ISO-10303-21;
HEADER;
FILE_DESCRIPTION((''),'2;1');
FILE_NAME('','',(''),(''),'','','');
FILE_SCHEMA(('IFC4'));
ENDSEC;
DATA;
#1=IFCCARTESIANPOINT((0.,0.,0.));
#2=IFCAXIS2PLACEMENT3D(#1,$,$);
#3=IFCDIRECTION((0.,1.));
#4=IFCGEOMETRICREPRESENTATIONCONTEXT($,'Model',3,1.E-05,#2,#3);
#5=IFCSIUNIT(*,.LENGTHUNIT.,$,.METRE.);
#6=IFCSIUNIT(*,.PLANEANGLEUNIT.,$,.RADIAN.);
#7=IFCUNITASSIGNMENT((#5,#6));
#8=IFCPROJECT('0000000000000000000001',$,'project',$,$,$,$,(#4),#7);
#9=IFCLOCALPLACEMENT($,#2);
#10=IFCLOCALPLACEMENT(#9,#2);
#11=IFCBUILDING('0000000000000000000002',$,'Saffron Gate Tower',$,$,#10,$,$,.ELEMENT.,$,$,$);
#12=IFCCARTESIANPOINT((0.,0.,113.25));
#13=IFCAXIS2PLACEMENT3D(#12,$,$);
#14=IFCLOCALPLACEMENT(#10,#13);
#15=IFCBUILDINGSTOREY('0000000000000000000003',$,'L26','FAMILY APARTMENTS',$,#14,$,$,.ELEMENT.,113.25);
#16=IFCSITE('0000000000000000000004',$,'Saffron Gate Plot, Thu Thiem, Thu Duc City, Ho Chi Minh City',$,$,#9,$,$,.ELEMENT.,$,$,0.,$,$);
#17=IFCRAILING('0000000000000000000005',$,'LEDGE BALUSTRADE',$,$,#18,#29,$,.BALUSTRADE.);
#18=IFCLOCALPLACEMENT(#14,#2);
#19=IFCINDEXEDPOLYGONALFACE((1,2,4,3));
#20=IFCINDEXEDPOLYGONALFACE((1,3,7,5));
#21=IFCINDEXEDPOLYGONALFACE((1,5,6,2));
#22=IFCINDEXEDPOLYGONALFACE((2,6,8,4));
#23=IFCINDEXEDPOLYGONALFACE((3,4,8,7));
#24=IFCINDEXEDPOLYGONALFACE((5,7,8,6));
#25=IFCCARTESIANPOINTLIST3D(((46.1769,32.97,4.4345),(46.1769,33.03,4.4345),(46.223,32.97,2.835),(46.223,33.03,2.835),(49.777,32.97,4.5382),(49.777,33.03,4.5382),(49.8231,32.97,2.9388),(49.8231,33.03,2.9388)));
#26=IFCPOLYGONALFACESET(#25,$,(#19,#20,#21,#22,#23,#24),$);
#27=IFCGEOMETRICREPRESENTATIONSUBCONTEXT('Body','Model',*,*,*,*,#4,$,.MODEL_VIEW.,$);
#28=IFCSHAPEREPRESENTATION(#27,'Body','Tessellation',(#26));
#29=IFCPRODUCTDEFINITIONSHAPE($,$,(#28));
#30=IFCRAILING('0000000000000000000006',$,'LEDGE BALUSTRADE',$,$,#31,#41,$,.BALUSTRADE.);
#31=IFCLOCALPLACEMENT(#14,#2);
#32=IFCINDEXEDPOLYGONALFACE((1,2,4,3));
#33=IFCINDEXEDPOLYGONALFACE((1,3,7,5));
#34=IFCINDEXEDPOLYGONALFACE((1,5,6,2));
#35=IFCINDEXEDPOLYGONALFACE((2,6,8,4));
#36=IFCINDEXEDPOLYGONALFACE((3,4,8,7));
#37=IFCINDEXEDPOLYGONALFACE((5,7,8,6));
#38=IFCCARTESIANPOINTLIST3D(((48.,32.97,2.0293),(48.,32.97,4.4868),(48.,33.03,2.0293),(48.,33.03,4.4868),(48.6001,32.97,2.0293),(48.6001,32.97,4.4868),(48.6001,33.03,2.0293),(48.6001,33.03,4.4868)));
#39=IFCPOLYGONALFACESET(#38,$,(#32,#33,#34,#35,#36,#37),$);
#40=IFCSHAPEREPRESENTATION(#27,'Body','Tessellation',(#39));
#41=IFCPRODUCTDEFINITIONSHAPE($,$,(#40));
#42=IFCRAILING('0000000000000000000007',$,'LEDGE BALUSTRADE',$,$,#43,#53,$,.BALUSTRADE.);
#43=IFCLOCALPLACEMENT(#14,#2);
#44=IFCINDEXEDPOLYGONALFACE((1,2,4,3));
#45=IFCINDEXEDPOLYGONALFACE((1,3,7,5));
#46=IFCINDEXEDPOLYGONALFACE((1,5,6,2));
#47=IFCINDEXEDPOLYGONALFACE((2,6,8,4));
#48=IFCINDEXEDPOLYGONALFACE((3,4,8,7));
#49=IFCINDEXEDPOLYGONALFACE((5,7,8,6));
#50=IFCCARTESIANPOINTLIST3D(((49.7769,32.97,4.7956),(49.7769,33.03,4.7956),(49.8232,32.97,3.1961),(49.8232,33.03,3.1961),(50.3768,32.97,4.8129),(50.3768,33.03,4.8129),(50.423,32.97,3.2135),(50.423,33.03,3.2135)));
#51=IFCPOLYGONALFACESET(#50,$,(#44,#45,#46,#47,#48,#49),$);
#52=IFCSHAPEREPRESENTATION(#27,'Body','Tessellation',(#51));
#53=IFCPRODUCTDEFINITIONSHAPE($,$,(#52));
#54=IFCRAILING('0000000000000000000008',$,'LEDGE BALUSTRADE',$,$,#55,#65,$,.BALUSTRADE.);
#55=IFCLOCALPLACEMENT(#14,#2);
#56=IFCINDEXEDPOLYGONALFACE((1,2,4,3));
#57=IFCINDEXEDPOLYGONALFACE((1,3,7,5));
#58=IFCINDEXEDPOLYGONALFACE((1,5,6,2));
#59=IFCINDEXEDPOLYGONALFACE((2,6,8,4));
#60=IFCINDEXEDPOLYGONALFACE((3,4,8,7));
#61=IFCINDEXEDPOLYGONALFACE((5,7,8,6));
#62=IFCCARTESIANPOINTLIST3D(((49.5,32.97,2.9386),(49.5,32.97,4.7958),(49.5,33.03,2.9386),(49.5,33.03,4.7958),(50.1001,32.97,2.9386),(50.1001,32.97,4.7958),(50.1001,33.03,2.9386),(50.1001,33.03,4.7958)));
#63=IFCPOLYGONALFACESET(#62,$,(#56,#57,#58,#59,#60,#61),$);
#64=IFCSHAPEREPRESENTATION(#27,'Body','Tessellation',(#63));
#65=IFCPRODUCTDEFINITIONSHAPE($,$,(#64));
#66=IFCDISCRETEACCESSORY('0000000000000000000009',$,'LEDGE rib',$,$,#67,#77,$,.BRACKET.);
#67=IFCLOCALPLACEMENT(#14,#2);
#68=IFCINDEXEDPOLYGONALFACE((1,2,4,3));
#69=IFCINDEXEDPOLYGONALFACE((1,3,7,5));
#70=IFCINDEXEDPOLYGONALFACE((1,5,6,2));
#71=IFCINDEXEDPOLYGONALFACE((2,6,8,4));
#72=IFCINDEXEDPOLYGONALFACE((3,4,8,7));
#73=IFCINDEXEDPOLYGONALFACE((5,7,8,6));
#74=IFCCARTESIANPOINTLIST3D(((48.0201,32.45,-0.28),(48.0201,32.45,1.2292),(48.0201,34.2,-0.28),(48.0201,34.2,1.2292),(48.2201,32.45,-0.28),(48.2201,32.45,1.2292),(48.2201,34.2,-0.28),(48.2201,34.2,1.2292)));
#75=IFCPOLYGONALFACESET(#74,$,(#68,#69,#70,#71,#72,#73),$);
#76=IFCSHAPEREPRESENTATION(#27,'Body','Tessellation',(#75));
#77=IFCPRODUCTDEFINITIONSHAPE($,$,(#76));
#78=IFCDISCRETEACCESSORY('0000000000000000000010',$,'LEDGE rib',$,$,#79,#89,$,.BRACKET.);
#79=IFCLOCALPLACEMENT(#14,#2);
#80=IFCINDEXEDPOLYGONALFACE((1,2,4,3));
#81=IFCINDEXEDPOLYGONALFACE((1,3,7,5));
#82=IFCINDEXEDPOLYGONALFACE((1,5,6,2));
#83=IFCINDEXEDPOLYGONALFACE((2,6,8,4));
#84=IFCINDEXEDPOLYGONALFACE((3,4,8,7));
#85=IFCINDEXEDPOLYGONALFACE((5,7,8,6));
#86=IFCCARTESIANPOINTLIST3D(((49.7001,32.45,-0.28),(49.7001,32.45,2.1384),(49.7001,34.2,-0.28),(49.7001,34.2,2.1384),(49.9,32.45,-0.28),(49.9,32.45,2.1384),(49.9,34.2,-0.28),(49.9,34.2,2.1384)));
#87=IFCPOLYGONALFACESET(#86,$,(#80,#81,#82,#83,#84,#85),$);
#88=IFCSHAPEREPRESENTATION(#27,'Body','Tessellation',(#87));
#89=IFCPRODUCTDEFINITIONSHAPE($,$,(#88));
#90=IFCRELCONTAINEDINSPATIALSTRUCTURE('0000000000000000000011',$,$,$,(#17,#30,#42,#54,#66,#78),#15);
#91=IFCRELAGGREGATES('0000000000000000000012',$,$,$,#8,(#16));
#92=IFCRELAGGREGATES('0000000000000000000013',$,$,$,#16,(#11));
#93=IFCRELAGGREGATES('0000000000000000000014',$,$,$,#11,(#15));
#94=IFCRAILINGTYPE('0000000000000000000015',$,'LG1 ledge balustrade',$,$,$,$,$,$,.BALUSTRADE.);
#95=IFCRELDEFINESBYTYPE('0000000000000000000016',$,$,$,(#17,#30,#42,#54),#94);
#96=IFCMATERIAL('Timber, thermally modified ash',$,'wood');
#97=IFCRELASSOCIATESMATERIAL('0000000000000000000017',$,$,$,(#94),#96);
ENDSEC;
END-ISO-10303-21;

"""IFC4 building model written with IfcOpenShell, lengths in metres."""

from ifc_helpers import new_model, si_unit, direction, frame, origin, origin_2d, place, context, subcontext, project, spatial, rectangle, extrude, material, type_object, element, save


model = new_model("IFC4")

# Units and contexts
model_context = context("Model", 3, precision=1e-05, world=origin(), true_north=direction((0.0, 1.0)))
body_context = subcontext(model_context, "Body", "Model", "MODEL_VIEW")
ifc_project = project(units=[si_unit("LENGTHUNIT", "METRE"), si_unit("PLANEANGLEUNIT", "RADIAN")], contexts=[model_context])

# Site, building, storey
site_placement = place(None, origin())
site = spatial("IfcSite", under=ifc_project, at=site_placement, Name="Saffron Gate Plot, Thu Thiem, Thu Duc City, Ho Chi Minh City", CompositionType="ELEMENT", RefElevation=0.0)
building_placement = place(site_placement, origin())
building = spatial("IfcBuilding", under=site, at=building_placement, Name="Saffron Gate Tower", CompositionType="ELEMENT")
storey_placement = place(building_placement, frame((0.0, 0.0, 113.25)))
storey = spatial("IfcBuildingStorey", under=building, at=storey_placement, Name="L26", Description="FAMILY APARTMENTS", CompositionType="ELEMENT", Elevation=113.25)

# Shared definitions
ifc_material_1 = material(Name="Timber, thermally modified ash", Category="wood")

# Railings
railing_type = type_object("IfcRailingType", Name="LG1 ledge balustrade", PredefinedType="BALUSTRADE", material=ifc_material_1)
railing_1_placement = place(storey_placement, frame((46.2, 33.0, 2.8347)))
element("IfcRailing", 1, at=railing_1_placement, inside=storey, type_object=railing_type, Name="LEDGE BALUSTRADE", PredefinedType="BALUSTRADE", context=body_context, shape_type="SweptSolid", body=[
    extrude(rectangle(XDim=0.0601, YDim=1.6001, at=origin_2d()), frame((0.0, 0.0, 0.8), z_axis=(0.999585, 0.0, 0.028809), x_axis=(0.0, 1.0, 0.0)), (0.0, 0.0, 1.0), 3.6016),
])
railing_2_placement = place(storey_placement, frame((48.0, 33.0, 2.0293)))
element("IfcRailing", 2, at=railing_2_placement, inside=storey, type_object=railing_type, Name="LEDGE BALUSTRADE", PredefinedType="BALUSTRADE", context=body_context, shape_type="SweptSolid", body=[
    extrude(rectangle(XDim=0.0601, YDim=2.4575, at=origin_2d()), frame((0.0, 0.0, 1.2288), z_axis=(1.0, 0.0, 0.0), x_axis=(0.0, 1.0, 0.0)), (0.0, 0.0, 1.0), 0.6001),
])
railing_3_placement = place(storey_placement, frame((49.8, 33.0, 3.1958)))
element("IfcRailing", 3, at=railing_3_placement, inside=storey, type_object=railing_type, Name="LEDGE BALUSTRADE", PredefinedType="BALUSTRADE", context=body_context, shape_type="SweptSolid", body=[
    extrude(rectangle(XDim=0.0601, YDim=1.6001, at=origin_2d()), frame((0.0, 0.0, 0.8), z_axis=(0.999583, 0.0, 0.028885), x_axis=(0.0, 1.0, 0.0)), (0.0, 0.0, 1.0), 0.6001),
])
railing_4_placement = place(storey_placement, frame((49.5, 33.0, 2.9385)))
element("IfcRailing", 4, at=railing_4_placement, inside=storey, type_object=railing_type, Name="LEDGE BALUSTRADE", PredefinedType="BALUSTRADE", context=body_context, shape_type="SweptSolid", body=[
    extrude(rectangle(XDim=0.0601, YDim=1.8572, at=origin_2d()), frame((0.0, 0.0, 0.9287), z_axis=(1.0, 0.0, 0.0), x_axis=(0.0, 1.0, 0.0)), (0.0, 0.0, 1.0), 0.6001),
])

# Discrete accessories
discrete_accessory_1_placement = place(storey_placement, frame((48.1201, 33.325, -0.28), z_axis=(0.0, 0.0, 1.0), x_axis=(1.0, 0.0, 0.0)))
element("IfcDiscreteAccessory", 5, at=discrete_accessory_1_placement, inside=storey, Name="LEDGE rib", PredefinedType="BRACKET", context=body_context, shape_type="SweptSolid", body=[
    extrude(rectangle(XDim=0.2, YDim=1.75, at=origin_2d()), origin(), (0.0, 0.0, 1.0), 1.5093),
])
discrete_accessory_2_placement = place(storey_placement, frame((49.8, 33.325, -0.28), z_axis=(0.0, 0.0, 1.0), x_axis=(1.0, 0.0, 0.0)))
element("IfcDiscreteAccessory", 6, at=discrete_accessory_2_placement, inside=storey, Name="LEDGE rib", PredefinedType="BRACKET", context=body_context, shape_type="SweptSolid", body=[
    extrude(rectangle(XDim=0.2, YDim=1.75, at=origin_2d()), origin(), (0.0, 0.0, 1.0), 2.4185),
])

save(model, "model.ifc")
